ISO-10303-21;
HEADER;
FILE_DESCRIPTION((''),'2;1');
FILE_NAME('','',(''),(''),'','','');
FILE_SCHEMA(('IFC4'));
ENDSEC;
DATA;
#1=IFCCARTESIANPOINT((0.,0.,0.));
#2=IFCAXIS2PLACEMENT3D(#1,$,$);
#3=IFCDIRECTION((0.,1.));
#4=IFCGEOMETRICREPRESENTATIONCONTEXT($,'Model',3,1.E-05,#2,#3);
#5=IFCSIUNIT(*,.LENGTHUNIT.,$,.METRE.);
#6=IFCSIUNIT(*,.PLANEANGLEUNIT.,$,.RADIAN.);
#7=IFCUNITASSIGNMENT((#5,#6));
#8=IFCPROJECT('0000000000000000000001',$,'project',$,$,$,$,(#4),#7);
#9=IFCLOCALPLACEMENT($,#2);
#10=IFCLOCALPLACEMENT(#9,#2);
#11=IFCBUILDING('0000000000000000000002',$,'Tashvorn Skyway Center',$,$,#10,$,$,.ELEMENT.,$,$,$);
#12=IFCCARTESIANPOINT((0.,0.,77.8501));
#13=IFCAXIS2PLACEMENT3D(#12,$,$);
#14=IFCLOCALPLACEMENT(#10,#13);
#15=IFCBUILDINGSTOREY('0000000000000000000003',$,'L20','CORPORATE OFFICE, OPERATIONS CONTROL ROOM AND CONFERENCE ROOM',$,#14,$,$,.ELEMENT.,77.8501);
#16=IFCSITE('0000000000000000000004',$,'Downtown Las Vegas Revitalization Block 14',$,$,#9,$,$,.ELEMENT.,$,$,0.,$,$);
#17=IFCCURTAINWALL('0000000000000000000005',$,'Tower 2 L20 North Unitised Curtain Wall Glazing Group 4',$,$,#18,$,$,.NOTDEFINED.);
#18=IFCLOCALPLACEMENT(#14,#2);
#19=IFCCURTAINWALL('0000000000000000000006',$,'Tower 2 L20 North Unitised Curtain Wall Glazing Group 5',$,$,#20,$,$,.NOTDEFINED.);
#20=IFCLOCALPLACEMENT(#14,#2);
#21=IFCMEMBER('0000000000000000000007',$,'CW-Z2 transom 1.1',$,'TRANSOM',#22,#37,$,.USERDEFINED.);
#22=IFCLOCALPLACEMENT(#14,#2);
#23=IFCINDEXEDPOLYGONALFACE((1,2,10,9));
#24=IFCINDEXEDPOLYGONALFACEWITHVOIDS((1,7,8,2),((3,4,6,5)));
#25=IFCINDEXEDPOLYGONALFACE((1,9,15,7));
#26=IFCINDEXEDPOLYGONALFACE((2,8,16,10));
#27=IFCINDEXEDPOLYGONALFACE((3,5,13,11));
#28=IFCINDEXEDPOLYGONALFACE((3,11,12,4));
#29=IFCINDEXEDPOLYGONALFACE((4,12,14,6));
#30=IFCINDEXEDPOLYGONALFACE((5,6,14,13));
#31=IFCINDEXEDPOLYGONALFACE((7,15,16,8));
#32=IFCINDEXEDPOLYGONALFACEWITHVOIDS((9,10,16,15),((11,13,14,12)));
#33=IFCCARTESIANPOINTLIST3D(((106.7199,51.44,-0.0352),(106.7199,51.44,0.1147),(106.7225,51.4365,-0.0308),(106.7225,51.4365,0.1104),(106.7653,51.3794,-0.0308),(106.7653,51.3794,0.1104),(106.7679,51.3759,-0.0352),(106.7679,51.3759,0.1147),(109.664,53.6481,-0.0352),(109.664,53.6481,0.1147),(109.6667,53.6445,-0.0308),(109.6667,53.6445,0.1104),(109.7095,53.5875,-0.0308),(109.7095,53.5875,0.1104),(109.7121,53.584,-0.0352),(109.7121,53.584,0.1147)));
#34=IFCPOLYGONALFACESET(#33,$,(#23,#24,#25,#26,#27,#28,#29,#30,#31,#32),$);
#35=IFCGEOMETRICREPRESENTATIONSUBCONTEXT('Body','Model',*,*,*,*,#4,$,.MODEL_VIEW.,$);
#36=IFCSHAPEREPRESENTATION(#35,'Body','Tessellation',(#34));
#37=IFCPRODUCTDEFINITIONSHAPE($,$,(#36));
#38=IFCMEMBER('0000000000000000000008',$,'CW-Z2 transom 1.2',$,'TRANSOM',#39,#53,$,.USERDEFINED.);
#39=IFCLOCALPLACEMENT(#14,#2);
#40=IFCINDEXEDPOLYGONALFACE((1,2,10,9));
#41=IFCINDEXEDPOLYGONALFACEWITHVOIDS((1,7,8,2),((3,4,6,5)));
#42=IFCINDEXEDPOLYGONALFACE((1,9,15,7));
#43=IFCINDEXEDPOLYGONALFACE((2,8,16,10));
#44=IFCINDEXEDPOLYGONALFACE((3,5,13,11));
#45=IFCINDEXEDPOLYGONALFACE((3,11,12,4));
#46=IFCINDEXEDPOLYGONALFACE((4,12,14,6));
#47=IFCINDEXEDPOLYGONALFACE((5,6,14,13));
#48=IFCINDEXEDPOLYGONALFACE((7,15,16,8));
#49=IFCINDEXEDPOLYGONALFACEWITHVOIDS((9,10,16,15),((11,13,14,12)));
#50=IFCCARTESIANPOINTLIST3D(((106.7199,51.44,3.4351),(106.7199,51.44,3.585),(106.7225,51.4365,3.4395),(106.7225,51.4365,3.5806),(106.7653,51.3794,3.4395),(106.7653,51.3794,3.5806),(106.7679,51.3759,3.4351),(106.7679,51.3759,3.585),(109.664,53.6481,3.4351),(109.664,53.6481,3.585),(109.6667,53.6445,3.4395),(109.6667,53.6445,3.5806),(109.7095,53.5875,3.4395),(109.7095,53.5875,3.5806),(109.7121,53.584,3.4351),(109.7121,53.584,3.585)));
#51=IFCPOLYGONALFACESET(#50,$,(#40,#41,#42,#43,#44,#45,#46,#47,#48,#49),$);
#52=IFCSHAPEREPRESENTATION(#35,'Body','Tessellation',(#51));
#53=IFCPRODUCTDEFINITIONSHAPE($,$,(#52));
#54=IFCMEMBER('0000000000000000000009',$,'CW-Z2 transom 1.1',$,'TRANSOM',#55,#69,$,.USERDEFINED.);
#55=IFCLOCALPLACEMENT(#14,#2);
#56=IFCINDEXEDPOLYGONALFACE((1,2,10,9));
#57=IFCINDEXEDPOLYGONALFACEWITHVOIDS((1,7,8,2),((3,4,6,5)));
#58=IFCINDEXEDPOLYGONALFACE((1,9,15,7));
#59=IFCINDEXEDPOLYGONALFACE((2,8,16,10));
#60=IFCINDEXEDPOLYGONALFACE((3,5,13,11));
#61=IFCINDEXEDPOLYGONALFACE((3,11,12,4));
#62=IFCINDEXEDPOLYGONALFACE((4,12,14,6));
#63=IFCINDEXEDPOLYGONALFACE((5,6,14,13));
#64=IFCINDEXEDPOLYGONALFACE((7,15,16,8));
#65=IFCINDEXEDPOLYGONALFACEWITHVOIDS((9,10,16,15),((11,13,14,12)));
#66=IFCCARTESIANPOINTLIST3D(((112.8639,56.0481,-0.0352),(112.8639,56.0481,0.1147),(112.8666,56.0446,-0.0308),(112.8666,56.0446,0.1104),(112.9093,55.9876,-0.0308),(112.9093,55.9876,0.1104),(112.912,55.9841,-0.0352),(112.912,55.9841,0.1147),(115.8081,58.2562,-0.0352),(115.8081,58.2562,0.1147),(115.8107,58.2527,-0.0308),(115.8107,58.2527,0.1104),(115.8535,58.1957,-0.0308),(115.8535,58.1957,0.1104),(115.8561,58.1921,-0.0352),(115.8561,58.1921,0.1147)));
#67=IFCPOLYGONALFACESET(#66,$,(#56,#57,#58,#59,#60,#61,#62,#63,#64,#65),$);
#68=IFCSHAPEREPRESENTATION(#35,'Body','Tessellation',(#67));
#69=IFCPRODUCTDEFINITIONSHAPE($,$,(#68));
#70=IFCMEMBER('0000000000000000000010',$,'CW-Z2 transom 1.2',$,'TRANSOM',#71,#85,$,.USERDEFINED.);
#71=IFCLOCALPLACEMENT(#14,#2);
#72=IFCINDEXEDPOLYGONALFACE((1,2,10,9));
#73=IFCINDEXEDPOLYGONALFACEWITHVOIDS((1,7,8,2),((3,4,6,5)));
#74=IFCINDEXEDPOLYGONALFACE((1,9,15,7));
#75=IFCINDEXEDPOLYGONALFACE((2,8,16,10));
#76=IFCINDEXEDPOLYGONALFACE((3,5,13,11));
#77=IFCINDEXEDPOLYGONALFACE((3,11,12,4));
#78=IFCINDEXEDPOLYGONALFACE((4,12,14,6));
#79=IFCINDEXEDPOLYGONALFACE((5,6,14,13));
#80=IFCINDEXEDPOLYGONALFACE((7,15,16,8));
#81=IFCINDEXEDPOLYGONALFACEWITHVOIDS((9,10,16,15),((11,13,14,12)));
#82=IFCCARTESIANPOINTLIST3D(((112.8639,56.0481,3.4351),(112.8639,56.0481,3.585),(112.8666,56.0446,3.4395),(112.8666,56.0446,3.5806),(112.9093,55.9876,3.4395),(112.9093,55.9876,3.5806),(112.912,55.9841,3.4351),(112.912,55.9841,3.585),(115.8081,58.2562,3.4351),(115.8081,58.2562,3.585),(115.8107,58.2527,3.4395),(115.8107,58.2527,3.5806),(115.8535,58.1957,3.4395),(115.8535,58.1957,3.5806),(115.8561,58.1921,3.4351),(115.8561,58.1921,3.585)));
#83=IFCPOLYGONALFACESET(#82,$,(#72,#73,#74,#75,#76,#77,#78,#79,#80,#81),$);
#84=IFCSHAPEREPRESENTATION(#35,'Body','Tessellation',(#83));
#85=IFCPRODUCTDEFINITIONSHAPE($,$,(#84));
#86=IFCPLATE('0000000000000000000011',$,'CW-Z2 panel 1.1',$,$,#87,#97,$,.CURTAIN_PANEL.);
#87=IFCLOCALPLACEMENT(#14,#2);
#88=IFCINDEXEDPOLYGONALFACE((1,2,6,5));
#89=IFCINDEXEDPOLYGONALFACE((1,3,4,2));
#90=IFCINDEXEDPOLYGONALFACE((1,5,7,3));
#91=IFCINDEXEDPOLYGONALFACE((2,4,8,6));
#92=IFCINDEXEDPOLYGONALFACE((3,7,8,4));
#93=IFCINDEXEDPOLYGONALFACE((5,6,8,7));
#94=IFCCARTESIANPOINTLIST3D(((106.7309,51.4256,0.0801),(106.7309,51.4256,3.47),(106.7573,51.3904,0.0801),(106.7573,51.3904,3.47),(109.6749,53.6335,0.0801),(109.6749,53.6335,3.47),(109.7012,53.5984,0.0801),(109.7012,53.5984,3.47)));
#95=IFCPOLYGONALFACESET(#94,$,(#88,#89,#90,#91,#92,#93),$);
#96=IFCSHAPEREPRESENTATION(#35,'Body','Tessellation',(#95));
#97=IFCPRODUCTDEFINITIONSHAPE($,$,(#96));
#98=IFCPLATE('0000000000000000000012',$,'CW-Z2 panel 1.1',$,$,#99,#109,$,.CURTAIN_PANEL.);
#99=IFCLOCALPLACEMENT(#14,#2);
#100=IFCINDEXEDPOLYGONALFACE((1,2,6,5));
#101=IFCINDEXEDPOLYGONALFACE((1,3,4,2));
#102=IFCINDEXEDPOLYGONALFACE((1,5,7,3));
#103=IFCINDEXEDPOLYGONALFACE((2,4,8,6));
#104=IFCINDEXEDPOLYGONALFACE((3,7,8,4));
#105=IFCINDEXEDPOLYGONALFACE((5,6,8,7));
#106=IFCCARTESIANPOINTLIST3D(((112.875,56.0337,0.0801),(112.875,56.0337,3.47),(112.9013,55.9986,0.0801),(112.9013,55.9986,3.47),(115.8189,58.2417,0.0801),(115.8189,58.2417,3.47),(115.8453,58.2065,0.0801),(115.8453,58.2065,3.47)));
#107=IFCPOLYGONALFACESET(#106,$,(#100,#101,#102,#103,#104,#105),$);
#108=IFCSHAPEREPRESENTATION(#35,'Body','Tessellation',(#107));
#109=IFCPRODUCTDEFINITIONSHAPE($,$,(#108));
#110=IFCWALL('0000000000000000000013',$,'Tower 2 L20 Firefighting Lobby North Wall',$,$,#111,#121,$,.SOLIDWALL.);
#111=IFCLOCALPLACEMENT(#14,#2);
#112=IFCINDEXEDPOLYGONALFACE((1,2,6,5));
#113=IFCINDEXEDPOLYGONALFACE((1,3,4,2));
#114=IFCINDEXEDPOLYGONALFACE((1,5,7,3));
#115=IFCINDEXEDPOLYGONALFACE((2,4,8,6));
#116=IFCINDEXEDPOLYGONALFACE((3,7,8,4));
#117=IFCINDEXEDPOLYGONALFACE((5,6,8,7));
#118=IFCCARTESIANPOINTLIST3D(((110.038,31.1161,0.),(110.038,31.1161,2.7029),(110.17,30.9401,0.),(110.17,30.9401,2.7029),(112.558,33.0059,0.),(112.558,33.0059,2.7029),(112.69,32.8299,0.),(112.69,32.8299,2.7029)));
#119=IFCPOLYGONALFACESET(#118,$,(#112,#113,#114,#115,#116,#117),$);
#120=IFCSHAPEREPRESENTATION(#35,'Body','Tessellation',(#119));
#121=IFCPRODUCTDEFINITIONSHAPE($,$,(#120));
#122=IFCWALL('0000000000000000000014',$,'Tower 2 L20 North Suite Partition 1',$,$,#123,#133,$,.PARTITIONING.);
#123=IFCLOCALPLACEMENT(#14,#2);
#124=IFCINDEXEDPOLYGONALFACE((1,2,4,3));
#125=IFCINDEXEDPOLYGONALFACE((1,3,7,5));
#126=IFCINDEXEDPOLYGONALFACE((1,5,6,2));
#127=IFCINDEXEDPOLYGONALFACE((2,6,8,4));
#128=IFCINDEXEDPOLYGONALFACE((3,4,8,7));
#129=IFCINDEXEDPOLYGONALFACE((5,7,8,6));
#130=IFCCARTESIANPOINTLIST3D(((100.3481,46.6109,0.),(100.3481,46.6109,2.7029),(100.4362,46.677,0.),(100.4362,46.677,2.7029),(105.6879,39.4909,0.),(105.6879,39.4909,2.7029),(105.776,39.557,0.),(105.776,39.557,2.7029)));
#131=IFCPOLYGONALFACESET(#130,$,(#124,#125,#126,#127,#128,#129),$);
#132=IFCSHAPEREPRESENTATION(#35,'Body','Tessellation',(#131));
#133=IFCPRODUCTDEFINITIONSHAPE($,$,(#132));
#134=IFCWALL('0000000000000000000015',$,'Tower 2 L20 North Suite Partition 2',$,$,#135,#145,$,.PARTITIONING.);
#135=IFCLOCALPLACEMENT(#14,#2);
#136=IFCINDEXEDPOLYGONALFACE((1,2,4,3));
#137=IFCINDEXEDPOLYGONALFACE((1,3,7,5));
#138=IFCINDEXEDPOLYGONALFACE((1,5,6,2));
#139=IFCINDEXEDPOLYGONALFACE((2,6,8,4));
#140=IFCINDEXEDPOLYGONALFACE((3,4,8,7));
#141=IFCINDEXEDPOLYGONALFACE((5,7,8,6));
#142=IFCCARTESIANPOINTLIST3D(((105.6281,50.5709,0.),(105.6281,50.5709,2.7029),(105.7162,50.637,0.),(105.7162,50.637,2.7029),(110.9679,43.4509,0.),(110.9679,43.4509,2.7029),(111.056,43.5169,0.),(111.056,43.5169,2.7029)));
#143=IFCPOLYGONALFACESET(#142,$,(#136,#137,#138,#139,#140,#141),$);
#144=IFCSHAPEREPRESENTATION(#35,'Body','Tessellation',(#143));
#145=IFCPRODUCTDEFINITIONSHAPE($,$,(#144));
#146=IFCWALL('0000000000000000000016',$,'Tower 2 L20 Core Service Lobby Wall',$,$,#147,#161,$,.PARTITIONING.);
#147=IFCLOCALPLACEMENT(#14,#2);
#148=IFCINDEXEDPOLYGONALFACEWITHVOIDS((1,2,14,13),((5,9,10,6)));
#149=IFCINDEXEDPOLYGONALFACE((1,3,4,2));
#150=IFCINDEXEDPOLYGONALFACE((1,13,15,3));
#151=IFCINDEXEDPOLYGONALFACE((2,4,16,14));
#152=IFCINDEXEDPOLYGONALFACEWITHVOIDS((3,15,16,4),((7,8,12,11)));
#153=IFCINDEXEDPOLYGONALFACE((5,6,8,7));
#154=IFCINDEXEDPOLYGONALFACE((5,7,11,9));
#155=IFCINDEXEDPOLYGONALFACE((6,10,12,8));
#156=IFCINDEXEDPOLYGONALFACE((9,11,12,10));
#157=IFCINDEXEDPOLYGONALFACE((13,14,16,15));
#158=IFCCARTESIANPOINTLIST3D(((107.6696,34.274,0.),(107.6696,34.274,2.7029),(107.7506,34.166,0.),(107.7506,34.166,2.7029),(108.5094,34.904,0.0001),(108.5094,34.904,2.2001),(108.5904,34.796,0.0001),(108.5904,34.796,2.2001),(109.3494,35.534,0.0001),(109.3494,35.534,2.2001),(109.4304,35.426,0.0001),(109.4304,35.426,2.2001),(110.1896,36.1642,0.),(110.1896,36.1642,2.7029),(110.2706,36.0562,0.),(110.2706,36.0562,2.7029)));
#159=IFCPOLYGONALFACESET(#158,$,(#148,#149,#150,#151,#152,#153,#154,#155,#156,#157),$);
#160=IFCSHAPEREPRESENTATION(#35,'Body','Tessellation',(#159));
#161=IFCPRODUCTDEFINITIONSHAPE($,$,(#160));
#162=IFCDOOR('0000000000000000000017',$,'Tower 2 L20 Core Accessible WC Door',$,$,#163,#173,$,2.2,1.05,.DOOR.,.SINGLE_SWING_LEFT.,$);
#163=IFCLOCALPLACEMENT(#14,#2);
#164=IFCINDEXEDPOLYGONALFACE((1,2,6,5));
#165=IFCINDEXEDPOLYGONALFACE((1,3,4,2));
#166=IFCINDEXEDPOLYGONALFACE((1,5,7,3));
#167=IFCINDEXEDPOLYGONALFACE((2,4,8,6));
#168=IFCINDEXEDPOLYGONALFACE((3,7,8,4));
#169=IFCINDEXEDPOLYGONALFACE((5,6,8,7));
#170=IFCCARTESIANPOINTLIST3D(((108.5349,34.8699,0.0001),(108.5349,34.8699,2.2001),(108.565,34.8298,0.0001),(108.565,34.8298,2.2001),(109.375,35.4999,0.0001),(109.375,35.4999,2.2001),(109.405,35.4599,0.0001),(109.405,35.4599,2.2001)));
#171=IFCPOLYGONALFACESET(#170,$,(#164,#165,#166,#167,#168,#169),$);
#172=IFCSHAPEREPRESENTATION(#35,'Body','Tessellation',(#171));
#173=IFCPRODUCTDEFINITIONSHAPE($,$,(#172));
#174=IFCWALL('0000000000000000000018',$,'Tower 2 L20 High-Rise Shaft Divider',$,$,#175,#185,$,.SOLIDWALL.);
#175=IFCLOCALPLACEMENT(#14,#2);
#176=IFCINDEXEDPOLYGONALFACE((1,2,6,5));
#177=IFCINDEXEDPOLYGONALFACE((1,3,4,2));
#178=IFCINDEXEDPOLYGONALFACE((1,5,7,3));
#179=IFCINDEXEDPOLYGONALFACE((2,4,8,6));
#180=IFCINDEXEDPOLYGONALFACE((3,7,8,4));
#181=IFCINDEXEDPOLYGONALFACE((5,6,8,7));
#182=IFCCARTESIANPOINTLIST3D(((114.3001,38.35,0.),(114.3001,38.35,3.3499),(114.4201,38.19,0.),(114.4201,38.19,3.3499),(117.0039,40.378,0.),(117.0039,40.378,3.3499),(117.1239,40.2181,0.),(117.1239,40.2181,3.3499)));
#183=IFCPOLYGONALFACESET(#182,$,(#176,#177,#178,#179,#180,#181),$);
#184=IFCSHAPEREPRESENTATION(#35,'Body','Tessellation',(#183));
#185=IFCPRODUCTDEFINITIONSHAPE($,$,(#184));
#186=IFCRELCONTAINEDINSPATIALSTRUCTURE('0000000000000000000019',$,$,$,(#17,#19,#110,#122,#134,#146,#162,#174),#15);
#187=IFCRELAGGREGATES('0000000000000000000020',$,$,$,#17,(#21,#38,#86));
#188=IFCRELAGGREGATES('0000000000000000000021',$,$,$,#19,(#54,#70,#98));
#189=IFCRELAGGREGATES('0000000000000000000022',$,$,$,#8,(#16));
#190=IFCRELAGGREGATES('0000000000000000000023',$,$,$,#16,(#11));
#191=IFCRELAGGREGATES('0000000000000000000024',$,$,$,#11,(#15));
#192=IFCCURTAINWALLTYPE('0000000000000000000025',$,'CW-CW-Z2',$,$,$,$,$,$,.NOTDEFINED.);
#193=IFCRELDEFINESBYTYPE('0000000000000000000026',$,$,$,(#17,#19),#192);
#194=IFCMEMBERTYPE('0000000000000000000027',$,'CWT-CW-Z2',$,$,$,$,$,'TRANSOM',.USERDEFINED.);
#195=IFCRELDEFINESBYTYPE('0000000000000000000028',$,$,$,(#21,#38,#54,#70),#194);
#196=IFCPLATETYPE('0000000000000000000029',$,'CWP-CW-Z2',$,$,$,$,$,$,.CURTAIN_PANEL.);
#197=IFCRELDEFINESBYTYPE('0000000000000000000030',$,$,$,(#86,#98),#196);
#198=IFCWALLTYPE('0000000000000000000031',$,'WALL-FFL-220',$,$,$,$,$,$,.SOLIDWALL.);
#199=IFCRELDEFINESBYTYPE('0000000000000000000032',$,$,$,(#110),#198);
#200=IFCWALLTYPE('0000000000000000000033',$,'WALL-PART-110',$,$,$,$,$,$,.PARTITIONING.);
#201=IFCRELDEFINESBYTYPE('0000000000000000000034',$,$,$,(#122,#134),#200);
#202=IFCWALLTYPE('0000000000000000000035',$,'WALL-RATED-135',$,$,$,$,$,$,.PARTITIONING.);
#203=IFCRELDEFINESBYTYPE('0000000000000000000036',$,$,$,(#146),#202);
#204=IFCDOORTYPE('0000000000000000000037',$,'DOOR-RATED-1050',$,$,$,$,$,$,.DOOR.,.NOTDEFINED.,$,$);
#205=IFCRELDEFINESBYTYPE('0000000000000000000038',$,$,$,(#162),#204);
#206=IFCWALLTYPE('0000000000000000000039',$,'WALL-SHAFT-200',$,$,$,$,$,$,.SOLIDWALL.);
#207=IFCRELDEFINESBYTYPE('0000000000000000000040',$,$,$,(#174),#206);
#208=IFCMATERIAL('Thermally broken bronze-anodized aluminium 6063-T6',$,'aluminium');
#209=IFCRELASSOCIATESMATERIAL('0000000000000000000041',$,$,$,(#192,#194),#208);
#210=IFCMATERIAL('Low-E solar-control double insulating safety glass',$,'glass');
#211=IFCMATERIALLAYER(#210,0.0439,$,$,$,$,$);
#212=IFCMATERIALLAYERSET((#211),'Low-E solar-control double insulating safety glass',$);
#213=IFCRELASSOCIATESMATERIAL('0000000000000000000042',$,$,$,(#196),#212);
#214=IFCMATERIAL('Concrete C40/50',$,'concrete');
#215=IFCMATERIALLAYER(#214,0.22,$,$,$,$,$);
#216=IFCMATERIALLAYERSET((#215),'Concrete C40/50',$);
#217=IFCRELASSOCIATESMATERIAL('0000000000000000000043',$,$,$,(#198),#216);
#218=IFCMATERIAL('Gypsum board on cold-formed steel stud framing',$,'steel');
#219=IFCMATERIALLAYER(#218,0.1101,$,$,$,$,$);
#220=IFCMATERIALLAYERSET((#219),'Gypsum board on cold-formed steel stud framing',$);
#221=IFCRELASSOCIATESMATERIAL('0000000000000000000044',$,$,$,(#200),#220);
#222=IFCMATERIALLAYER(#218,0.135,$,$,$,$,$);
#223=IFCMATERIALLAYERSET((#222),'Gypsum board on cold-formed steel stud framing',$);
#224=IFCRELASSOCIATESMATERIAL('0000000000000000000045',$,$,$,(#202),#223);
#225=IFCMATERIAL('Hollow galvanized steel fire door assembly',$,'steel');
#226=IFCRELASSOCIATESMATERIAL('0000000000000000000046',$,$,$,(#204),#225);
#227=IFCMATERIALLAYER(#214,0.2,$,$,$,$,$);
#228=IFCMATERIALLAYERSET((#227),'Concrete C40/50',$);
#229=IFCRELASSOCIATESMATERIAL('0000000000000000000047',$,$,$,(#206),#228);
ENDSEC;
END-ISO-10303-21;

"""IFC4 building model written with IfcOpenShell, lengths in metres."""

from ifc_helpers import new_model, si_unit, direction, frame, frame_2d, origin, origin_2d, place, context, subcontext, project, spatial, rectangle, hollow_rectangle, extrude, material, layer, layer_set, material_profile, profile_set, type_object, element, fill, aggregate, save


model = new_model("IFC4")

# Units and contexts
model_context = context("Model", 3, precision=1e-05, world=origin(), true_north=direction((0.0, 1.0)))
body_context = subcontext(model_context, "Body", "Model", "MODEL_VIEW")
ifc_project = project(units=[si_unit("LENGTHUNIT", "METRE"), si_unit("PLANEANGLEUNIT", "RADIAN")], contexts=[model_context])

# Site, building, storey
site_placement = place(None, origin())
site = spatial("IfcSite", under=ifc_project, at=site_placement, Name="Downtown Las Vegas Revitalization Block 14", CompositionType="ELEMENT", RefElevation=0.0)
building_placement = place(site_placement, origin())
building = spatial("IfcBuilding", under=site, at=building_placement, Name="Tashvorn Skyway Center", CompositionType="ELEMENT")
storey_placement = place(building_placement, frame((0.0, 0.0, 77.8501)))
storey = spatial("IfcBuildingStorey", under=building, at=storey_placement, Name="L20", Description="CORPORATE OFFICE, OPERATIONS CONTROL ROOM AND CONFERENCE ROOM", CompositionType="ELEMENT", Elevation=77.8501)

# Shared definitions
ifc_material_1 = material(Name="Thermally broken bronze-anodized aluminium 6063-T6", Category="aluminium")
curtain_wall_type = type_object("IfcCurtainWallType", Name="CW-CW-Z2", PredefinedType="NOTDEFINED", material=ifc_material_1)

# Curtain wall
curtain_wall_1_placement = place(storey_placement, origin())
curtain_wall_1 = element("IfcCurtainWall", 1, at=curtain_wall_1_placement, inside=storey, type_object=curtain_wall_type, Name="Tower 2 L20 North Unitised Curtain Wall Glazing Group 4", PredefinedType="NOTDEFINED")

# Curtain wall
curtain_wall_2_placement = place(storey_placement, origin())
curtain_wall_2 = element("IfcCurtainWall", 2, at=curtain_wall_2_placement, inside=storey, type_object=curtain_wall_type, Name="Tower 2 L20 North Unitised Curtain Wall Glazing Group 5", PredefinedType="NOTDEFINED")

# Members
ifc_material_profile_1 = material_profile(ifc_material_1, hollow_rectangle(XDim=0.0801, YDim=0.1499, WallThickness=0.0044, at=origin_2d()), Name="ALU-TRAN-80x150")
ifc_profile_set_1 = profile_set([ifc_material_profile_1], Name="Thermally broken bronze-anodized aluminium 6063-T6")
member_type_1 = type_object("IfcMemberType", Name="CWT-CW-Z2", ElementType="TRANSOM", PredefinedType="USERDEFINED", material=ifc_profile_set_1)
member_1_placement = place(storey_placement, frame((106.7439, 51.408, 0.0398), z_axis=(0.800008, 0.599989, 0.0), x_axis=(-0.599989, 0.800008, 0.0)))
member_1 = element("IfcMember", 3, at=member_1_placement, type_object=member_type_1, Name="CW-Z2 transom 1.1", ObjectType="TRANSOM", PredefinedType="USERDEFINED", context=body_context, shape_type="SweptSolid", body=[
    extrude(hollow_rectangle(XDim=0.0801, YDim=0.1499, WallThickness=0.0044, at=origin_2d()), origin(), (0.0, 0.0, 1.0), 3.6802),
])
member_2_placement = place(storey_placement, frame((106.7439, 51.408, 3.51), z_axis=(0.800008, 0.599989, 0.0), x_axis=(-0.599989, 0.800008, 0.0)))
member_2 = element("IfcMember", 4, at=member_2_placement, type_object=member_type_1, Name="CW-Z2 transom 1.2", ObjectType="TRANSOM", PredefinedType="USERDEFINED", context=body_context, shape_type="SweptSolid", body=[
    extrude(hollow_rectangle(XDim=0.0801, YDim=0.1499, WallThickness=0.0044, at=origin_2d()), origin(), (0.0, 0.0, 1.0), 3.6802),
])
member_3_placement = place(storey_placement, frame((112.8879, 56.0161, 0.0398), z_axis=(0.800008, 0.599989, 0.0), x_axis=(-0.599989, 0.800008, 0.0)))
member_3 = element("IfcMember", 5, at=member_3_placement, type_object=member_type_1, Name="CW-Z2 transom 1.1", ObjectType="TRANSOM", PredefinedType="USERDEFINED", context=body_context, shape_type="SweptSolid", body=[
    extrude(hollow_rectangle(XDim=0.0801, YDim=0.1499, WallThickness=0.0044, at=origin_2d()), origin(), (0.0, 0.0, 1.0), 3.6802),
])
member_4_placement = place(storey_placement, frame((112.8879, 56.0161, 3.51), z_axis=(0.800008, 0.599989, 0.0), x_axis=(-0.599989, 0.800008, 0.0)))
member_4 = element("IfcMember", 6, at=member_4_placement, type_object=member_type_1, Name="CW-Z2 transom 1.2", ObjectType="TRANSOM", PredefinedType="USERDEFINED", context=body_context, shape_type="SweptSolid", body=[
    extrude(hollow_rectangle(XDim=0.0801, YDim=0.1499, WallThickness=0.0044, at=origin_2d()), origin(), (0.0, 0.0, 1.0), 3.6802),
])

# Plates
ifc_material_2 = material(Name="Low-E solar-control double insulating safety glass", Category="glass")
ifc_layer_1 = layer(ifc_material_2, 0.0439)
ifc_layer_set_1 = layer_set([ifc_layer_1], Name="Low-E solar-control double insulating safety glass")
plate_type = type_object("IfcPlateType", Name="CWP-CW-Z2", PredefinedType="CURTAIN_PANEL", material=ifc_layer_set_1)
plate_1_placement = place(storey_placement, frame((108.2161, 52.512, 0.0801), z_axis=(0.0, 0.0, 1.0), x_axis=(0.8, 0.6, 0.0)))
plate_1 = element("IfcPlate", 7, at=plate_1_placement, type_object=plate_type, Name="CW-Z2 panel 1.1", PredefinedType="CURTAIN_PANEL", context=body_context, shape_type="SweptSolid", body=[
    extrude(rectangle(XDim=3.6799, YDim=0.0439, at=origin_2d()), origin(), (0.0, 0.0, 1.0), 3.3899),
])
aggregate(curtain_wall_1, [member_1, member_2, plate_1])
plate_2_placement = place(storey_placement, frame((114.3601, 57.1201, 0.0801), z_axis=(0.0, 0.0, 1.0), x_axis=(0.8, 0.6, 0.0)))
plate_2 = element("IfcPlate", 8, at=plate_2_placement, type_object=plate_type, Name="CW-Z2 panel 1.1", PredefinedType="CURTAIN_PANEL", context=body_context, shape_type="SweptSolid", body=[
    extrude(rectangle(XDim=3.6799, YDim=0.0439, at=origin_2d()), origin(), (0.0, 0.0, 1.0), 3.3899),
])
aggregate(curtain_wall_2, [member_3, member_4, plate_2])

# Walls
ifc_material_3 = material(Name="Concrete C40/50", Category="concrete")
ifc_layer_2 = layer(ifc_material_3, 0.22)
ifc_layer_set_2 = layer_set([ifc_layer_2], Name="Concrete C40/50")
wall_type_1 = type_object("IfcWallType", Name="WALL-FFL-220", PredefinedType="SOLIDWALL", material=ifc_layer_set_2)
wall_1_placement = place(storey_placement, frame((110.104, 31.0281, 0.0), z_axis=(0.0, 0.0, 1.0), x_axis=(0.800019, 0.599975, 0.0)))
element("IfcWall", 9, at=wall_1_placement, inside=storey, type_object=wall_type_1, Name="Tower 2 L20 Firefighting Lobby North Wall", PredefinedType="SOLIDWALL", context=body_context, shape_type="SweptSolid", body=[
    extrude(rectangle(XDim=3.1499, YDim=0.22, at=frame_2d((1.575, 0.0))), origin(), (0.0, 0.0, 1.0), 2.7029),
])
ifc_material_4 = material(Name="Gypsum board on cold-formed steel stud framing", Category="steel")
ifc_layer_3 = layer(ifc_material_4, 0.1101)
ifc_layer_set_3 = layer_set([ifc_layer_3], Name="Gypsum board on cold-formed steel stud framing")
wall_type_2 = type_object("IfcWallType", Name="WALL-PART-110", PredefinedType="PARTITIONING", material=ifc_layer_set_3)
for number, where, z_axis, x_axis, name in (
    (10, (105.7319, 39.5239, 0.0), (0.0, 0.0, 1.0), (-0.599982, 0.800013, 0.0), "Tower 2 L20 North Suite Partition 1"),
    (11, (111.012, 43.4839, 0.0), (0.0, 0.0, 1.0), (-0.599982, 0.800013, 0.0), "Tower 2 L20 North Suite Partition 2"),
):
    element("IfcWall", number, at=place(storey_placement, frame(where, z_axis=z_axis, x_axis=x_axis)), inside=storey, type_object=wall_type_2, Name=name, PredefinedType="PARTITIONING", context=body_context, shape_type="SweptSolid", body=[
        extrude(rectangle(XDim=8.8999, YDim=0.1101, at=frame_2d((4.45, 0.0))), origin(), (0.0, 0.0, 1.0), 2.7029),
    ])

# Wall, opening, door
ifc_layer_4 = layer(ifc_material_4, 0.135)
ifc_layer_set_4 = layer_set([ifc_layer_4], Name="Gypsum board on cold-formed steel stud framing")
wall_type_3 = type_object("IfcWallType", Name="WALL-RATED-135", PredefinedType="PARTITIONING", material=ifc_layer_set_4)
wall_2_placement = place(storey_placement, frame((107.71, 34.22, 0.0), z_axis=(0.0, 0.0, 1.0), x_axis=(0.799981, 0.600025, 0.0)))
wall_2 = element("IfcWall", 12, at=wall_2_placement, inside=storey, type_object=wall_type_3, Name="Tower 2 L20 Core Service Lobby Wall", PredefinedType="PARTITIONING", context=body_context, shape_type="SweptSolid", body=[
    extrude(rectangle(XDim=3.1501, YDim=0.135, at=frame_2d((1.5752, 0.0))), origin(), (0.0, 0.0, 1.0), 2.7029),
])
opening_placement = place(wall_2_placement, frame((1.05, 0.0, 0.0)))
opening = element("IfcOpeningElement", 13, at=opening_placement, cuts=wall_2, PredefinedType="OPENING", context=body_context, shape_type="SweptSolid", body=[
    extrude(rectangle(XDim=1.05, YDim=2.2, at=frame_2d((0.5249, 1.1001))), frame((0.0, 0.0774, 0.0), z_axis=(0.0, -1.0, 0.0), x_axis=(1.0, 0.0, 0.0)), (0.0, 0.0, 1.0), 0.155),
])
ifc_material_5 = material(Name="Hollow galvanized steel fire door assembly", Category="steel")
door_type = type_object("IfcDoorType", Name="DOOR-RATED-1050", OperationType="NOTDEFINED", PredefinedType="DOOR", material=ifc_material_5)
door_placement = place(opening_placement, origin())
door = element("IfcDoor", 14, at=door_placement, inside=storey, type_object=door_type, Name="Tower 2 L20 Core Accessible WC Door", OperationType="SINGLE_SWING_LEFT", OverallHeight=2.2, OverallWidth=1.05, PredefinedType="DOOR", context=body_context, shape_type="SweptSolid", body=[
    extrude(rectangle(XDim=1.05, YDim=2.2, at=frame_2d((0.5249, 1.1001))), frame((0.0, 0.0249, 0.0), z_axis=(0.0, -1.0, 0.0), x_axis=(1.0, 0.0, 0.0)), (0.0, 0.0, 1.0), 0.05),
])
fill(opening, door)

# Wall
ifc_layer_5 = layer(ifc_material_3, 0.2)
ifc_layer_set_5 = layer_set([ifc_layer_5], Name="Concrete C40/50")
wall_type_4 = type_object("IfcWallType", Name="WALL-SHAFT-200", PredefinedType="SOLIDWALL", material=ifc_layer_set_5)
wall_3_placement = place(storey_placement, frame((114.3601, 38.27, 0.0), z_axis=(0.0, 0.0, 1.0), x_axis=(0.799974, 0.600035, 0.0)))
element("IfcWall", 15, at=wall_3_placement, inside=storey, type_object=wall_type_4, Name="Tower 2 L20 High-Rise Shaft Divider", PredefinedType="SOLIDWALL", context=body_context, shape_type="SweptSolid", body=[
    extrude(rectangle(XDim=3.3799, YDim=0.2, at=frame_2d((1.6899, 0.0))), origin(), (0.0, 0.0, 1.0), 3.3499),
])

save(model, "model.ifc")
